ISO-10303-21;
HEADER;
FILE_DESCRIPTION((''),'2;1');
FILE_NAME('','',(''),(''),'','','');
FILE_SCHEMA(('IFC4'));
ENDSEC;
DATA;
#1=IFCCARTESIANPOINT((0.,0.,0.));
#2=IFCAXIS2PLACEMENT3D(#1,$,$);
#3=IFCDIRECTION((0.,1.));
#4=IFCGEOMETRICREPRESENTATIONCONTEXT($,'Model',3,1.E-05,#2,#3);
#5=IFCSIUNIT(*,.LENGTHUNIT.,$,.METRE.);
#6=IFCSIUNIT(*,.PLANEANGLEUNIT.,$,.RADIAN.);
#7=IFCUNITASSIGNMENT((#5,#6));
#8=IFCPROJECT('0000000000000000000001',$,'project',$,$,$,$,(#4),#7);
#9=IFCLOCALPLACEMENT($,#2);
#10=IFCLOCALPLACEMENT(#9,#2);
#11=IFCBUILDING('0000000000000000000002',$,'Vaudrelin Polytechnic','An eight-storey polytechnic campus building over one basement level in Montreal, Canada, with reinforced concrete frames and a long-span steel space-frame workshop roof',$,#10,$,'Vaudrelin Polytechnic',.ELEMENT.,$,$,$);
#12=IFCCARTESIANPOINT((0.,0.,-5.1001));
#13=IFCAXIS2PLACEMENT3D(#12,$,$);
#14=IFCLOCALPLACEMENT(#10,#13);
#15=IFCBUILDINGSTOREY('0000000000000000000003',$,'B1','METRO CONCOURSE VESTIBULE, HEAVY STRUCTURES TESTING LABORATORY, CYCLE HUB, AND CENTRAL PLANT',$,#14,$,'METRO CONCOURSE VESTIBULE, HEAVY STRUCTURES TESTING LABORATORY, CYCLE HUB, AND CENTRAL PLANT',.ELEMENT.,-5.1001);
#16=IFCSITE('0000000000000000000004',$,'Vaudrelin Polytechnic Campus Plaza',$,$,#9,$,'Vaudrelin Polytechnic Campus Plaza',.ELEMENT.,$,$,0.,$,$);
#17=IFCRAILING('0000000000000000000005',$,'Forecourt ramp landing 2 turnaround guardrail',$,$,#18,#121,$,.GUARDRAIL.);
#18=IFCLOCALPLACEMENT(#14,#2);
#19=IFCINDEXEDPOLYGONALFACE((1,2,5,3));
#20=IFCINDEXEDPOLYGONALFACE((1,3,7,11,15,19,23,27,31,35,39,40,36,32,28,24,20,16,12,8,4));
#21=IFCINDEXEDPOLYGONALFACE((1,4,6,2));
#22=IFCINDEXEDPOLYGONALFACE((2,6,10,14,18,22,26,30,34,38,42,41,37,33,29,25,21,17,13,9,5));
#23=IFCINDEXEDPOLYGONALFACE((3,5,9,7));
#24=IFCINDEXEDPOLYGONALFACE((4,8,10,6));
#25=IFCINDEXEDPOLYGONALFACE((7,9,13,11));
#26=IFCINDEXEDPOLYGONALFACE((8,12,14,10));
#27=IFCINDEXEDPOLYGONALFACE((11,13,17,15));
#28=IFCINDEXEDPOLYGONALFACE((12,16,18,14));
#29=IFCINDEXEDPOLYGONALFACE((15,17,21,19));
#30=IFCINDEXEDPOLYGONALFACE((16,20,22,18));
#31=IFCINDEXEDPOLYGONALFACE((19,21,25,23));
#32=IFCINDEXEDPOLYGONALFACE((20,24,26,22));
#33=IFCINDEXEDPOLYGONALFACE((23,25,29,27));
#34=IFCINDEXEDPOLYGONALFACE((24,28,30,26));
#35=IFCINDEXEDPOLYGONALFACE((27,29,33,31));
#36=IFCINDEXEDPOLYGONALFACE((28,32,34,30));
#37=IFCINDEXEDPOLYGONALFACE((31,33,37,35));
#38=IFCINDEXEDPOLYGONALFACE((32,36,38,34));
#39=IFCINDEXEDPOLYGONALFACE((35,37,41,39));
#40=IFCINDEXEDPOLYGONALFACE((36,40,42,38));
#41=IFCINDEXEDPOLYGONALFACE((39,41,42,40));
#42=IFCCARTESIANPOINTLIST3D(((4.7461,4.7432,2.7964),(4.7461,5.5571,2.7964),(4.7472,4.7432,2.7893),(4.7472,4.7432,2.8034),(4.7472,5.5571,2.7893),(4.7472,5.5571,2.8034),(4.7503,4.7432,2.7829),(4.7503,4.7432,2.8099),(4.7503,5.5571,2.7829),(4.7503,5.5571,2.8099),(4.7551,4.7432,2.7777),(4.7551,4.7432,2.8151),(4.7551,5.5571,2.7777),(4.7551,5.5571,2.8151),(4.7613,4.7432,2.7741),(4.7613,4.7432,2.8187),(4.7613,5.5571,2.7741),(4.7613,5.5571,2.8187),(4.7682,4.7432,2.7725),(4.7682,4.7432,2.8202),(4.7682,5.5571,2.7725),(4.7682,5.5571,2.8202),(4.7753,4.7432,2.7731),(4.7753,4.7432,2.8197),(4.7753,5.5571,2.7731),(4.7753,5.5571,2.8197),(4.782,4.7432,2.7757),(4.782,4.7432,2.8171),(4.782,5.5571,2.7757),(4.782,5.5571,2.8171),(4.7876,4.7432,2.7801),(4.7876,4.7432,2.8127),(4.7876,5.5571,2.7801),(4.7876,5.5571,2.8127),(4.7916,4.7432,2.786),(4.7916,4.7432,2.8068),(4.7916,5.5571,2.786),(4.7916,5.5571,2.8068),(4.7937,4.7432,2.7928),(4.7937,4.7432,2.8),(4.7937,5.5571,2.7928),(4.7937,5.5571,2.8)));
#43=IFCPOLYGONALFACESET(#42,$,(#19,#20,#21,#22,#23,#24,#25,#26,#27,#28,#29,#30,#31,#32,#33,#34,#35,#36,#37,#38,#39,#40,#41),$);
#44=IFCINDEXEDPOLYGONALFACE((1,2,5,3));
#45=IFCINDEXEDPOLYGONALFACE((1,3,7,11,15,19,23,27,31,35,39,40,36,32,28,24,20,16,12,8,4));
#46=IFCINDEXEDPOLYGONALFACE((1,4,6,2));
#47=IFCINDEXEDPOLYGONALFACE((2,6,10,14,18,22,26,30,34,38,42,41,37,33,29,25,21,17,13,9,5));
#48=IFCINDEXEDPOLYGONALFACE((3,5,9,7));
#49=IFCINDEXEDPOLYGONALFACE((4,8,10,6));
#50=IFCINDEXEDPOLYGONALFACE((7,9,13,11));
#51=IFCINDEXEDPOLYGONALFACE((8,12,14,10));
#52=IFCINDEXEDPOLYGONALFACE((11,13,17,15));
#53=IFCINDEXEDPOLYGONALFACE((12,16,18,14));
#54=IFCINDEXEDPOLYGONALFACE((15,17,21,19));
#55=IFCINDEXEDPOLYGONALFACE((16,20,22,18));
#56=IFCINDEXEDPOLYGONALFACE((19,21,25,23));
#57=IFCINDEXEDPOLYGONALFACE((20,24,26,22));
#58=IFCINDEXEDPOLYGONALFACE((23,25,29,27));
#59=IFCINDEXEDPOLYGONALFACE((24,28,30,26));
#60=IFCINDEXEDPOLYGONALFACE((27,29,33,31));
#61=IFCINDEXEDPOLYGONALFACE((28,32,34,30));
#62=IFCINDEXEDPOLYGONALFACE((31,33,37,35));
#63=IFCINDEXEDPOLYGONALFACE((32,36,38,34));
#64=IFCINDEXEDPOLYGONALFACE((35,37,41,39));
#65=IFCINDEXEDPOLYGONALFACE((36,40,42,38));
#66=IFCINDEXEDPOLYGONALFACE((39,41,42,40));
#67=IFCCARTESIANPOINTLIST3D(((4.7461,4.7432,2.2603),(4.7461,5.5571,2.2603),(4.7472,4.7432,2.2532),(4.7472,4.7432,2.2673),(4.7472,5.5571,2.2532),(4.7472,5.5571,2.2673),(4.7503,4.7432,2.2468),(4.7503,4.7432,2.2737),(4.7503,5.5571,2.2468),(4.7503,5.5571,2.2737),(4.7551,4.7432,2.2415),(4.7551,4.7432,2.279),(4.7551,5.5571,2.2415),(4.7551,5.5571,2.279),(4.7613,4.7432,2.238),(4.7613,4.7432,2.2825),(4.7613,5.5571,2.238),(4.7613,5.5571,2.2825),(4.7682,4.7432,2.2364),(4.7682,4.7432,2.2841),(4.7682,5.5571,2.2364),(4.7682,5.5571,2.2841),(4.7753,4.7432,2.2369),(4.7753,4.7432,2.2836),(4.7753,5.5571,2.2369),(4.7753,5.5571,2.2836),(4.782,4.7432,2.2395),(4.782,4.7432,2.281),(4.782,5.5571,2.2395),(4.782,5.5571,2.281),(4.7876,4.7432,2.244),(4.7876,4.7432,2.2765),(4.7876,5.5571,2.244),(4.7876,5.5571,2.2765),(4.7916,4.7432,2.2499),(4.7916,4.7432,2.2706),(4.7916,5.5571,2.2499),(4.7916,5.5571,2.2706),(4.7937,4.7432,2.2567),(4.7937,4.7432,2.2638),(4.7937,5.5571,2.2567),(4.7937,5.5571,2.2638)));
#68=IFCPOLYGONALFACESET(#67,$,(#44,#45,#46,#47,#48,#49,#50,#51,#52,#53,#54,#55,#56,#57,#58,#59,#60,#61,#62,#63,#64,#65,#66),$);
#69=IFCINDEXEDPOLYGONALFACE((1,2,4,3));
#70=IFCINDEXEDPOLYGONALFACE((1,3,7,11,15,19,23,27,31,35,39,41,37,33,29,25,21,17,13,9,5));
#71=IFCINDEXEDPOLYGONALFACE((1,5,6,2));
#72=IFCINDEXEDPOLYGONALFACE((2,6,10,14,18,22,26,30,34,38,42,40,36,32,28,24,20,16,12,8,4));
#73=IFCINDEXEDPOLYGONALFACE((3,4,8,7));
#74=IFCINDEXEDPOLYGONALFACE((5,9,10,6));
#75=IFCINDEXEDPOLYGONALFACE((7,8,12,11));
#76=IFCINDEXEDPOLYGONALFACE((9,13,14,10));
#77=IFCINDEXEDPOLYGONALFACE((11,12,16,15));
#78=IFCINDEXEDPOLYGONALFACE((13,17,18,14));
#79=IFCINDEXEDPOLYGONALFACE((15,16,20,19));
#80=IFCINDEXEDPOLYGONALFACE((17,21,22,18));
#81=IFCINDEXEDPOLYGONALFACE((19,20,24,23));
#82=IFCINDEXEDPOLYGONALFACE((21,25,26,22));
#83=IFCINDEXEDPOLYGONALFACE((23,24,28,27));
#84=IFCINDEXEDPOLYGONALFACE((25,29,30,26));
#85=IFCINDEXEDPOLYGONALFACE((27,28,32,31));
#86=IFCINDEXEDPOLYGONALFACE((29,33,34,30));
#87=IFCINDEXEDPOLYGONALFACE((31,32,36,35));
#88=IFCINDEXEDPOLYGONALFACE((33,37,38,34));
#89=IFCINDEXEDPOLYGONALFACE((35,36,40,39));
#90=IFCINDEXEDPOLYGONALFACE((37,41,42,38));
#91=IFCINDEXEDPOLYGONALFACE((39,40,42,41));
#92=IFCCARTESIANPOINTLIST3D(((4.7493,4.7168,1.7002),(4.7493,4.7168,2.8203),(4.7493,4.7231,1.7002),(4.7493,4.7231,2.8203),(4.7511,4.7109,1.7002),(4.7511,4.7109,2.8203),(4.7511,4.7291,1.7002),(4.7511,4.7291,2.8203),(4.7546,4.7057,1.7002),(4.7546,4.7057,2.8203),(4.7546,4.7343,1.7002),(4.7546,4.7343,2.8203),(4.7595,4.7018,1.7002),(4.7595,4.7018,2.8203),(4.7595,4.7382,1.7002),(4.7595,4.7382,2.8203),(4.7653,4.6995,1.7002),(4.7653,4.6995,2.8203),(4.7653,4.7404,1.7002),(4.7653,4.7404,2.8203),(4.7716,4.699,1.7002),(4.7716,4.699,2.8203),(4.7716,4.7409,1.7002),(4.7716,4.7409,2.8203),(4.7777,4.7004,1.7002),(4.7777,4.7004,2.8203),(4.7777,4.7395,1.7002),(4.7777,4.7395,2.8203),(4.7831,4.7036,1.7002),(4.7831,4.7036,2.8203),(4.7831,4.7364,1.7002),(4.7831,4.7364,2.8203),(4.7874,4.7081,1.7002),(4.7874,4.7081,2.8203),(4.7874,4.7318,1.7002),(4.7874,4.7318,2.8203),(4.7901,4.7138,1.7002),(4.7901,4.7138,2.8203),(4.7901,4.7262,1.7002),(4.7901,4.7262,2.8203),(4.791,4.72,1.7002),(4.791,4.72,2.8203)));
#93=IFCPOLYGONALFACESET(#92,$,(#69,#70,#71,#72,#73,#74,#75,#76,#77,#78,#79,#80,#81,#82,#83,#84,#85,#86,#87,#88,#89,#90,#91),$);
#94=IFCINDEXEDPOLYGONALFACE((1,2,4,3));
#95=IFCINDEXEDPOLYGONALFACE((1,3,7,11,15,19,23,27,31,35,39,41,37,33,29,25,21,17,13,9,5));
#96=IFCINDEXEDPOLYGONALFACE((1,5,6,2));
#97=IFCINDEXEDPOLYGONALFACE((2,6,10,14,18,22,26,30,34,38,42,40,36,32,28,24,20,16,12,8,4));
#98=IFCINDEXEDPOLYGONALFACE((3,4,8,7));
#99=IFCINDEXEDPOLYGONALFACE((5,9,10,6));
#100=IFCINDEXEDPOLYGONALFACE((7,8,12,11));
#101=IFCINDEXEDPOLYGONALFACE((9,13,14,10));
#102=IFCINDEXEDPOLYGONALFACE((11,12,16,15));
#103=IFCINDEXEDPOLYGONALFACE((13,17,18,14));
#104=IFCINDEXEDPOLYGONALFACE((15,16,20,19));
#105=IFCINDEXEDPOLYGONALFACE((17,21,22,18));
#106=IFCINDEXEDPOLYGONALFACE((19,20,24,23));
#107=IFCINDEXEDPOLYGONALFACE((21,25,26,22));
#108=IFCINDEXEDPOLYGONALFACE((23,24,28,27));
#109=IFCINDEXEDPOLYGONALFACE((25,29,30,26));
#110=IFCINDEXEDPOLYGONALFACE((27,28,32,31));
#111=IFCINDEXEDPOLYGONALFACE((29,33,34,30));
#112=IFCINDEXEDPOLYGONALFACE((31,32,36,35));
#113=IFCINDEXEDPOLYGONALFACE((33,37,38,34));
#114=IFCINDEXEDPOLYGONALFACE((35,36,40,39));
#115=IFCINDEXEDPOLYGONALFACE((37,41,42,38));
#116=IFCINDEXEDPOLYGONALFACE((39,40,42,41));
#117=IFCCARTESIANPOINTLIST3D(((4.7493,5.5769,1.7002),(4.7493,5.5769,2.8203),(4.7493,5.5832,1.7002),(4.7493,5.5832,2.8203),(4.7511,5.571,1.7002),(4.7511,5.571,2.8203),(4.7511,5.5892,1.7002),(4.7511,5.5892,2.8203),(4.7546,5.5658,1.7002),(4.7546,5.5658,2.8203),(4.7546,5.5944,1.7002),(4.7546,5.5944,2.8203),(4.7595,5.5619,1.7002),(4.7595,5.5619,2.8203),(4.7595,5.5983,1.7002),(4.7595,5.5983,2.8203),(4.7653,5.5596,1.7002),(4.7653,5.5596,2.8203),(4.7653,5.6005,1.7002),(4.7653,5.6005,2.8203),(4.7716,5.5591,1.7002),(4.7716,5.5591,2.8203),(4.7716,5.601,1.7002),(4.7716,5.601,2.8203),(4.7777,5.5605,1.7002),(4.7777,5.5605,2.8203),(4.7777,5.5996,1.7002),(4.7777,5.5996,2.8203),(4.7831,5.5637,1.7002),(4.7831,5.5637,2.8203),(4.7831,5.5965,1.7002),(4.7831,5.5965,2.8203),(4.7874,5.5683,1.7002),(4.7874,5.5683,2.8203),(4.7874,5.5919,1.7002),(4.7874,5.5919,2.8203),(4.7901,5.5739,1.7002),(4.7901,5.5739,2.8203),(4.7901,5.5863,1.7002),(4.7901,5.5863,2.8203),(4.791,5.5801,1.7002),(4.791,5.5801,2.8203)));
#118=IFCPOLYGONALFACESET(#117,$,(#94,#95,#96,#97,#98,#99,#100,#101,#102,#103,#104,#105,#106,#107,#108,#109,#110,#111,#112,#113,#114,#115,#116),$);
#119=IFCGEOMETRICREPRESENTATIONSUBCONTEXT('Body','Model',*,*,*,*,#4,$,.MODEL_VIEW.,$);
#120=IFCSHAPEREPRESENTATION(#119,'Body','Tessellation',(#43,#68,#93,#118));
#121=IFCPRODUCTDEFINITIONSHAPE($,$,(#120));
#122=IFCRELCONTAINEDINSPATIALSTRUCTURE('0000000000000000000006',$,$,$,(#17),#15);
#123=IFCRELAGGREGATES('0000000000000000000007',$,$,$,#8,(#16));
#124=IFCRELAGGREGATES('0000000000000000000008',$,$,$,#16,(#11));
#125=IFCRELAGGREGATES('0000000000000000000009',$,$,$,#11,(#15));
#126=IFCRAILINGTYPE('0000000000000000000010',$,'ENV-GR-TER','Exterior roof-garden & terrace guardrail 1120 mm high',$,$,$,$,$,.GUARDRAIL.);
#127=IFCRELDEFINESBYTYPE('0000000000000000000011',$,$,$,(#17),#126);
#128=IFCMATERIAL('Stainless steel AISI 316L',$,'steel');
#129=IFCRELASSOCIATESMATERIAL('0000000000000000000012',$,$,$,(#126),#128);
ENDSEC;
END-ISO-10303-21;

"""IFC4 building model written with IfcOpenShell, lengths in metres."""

from ifc_helpers import new_model, si_unit, direction, frame, origin, origin_2d, place, context, subcontext, project, spatial, circle, extrude, material, type_object, element, save


model = new_model("IFC4")

# Units and contexts
model_context = context("Model", 3, precision=1e-05, world=origin(), true_north=direction((0.0, 1.0)))
body_context = subcontext(model_context, "Body", "Model", "MODEL_VIEW")
ifc_project = project(units=[si_unit("LENGTHUNIT", "METRE"), si_unit("PLANEANGLEUNIT", "RADIAN")], contexts=[model_context])

# Site, building, storey
site_placement = place(None, origin())
site = spatial("IfcSite", under=ifc_project, at=site_placement, Name="Vaudrelin Polytechnic Campus Plaza", LongName="Vaudrelin Polytechnic Campus Plaza", CompositionType="ELEMENT", RefElevation=0.0)
building_placement = place(site_placement, origin())
building = spatial("IfcBuilding", under=site, at=building_placement, Name="Vaudrelin Polytechnic", Description="An eight-storey polytechnic campus building over one basement level in Montreal, Canada, with reinforced concrete frames and a long-span steel space-frame workshop roof", LongName="Vaudrelin Polytechnic", CompositionType="ELEMENT")
storey_placement = place(building_placement, frame((0.0, 0.0, -5.1001)))
storey = spatial("IfcBuildingStorey", under=building, at=storey_placement, Name="B1", Description="METRO CONCOURSE VESTIBULE, HEAVY STRUCTURES TESTING LABORATORY, CYCLE HUB, AND CENTRAL PLANT", LongName="METRO CONCOURSE VESTIBULE, HEAVY STRUCTURES TESTING LABORATORY, CYCLE HUB, AND CENTRAL PLANT", CompositionType="ELEMENT", Elevation=-5.1001)

# Railing
ifc_material_1 = material(Name="Stainless steel AISI 316L", Category="steel")
railing_type = type_object("IfcRailingType", Name="ENV-GR-TER", Description="Exterior roof-garden & terrace guardrail 1120 mm high", PredefinedType="GUARDRAIL", material=ifc_material_1)
railing_1_placement = place(storey_placement, frame((4.77, 4.72, 1.7002)))
element("IfcRailing", 1, at=railing_1_placement, inside=storey, type_object=railing_type, Name="Forecourt ramp landing 2 turnaround guardrail", PredefinedType="GUARDRAIL", context=body_context, shape_type="SweptSolid", body=[
    extrude(circle(Radius=0.0239, at=origin_2d()), frame((0.0, 0.0232, 1.0962), z_axis=(0.0, 1.0, 0.0), x_axis=(-1.0, 0.0, 0.0)), (0.0, 0.0, 1.0), 0.814),
    extrude(circle(Radius=0.0239, at=origin_2d()), frame((0.0, 0.0232, 0.5601), z_axis=(0.0, 1.0, 0.0), x_axis=(-1.0, 0.0, 0.0)), (0.0, 0.0, 1.0), 0.814),
    extrude(circle(Radius=0.021, at=origin_2d()), origin(), (0.0, 0.0, 1.0), 1.1201),
    extrude(circle(Radius=0.021, at=origin_2d()), frame((0.0, 0.8601, 0.0)), (0.0, 0.0, 1.0), 1.1201),
])

save(model, "model.ifc")
